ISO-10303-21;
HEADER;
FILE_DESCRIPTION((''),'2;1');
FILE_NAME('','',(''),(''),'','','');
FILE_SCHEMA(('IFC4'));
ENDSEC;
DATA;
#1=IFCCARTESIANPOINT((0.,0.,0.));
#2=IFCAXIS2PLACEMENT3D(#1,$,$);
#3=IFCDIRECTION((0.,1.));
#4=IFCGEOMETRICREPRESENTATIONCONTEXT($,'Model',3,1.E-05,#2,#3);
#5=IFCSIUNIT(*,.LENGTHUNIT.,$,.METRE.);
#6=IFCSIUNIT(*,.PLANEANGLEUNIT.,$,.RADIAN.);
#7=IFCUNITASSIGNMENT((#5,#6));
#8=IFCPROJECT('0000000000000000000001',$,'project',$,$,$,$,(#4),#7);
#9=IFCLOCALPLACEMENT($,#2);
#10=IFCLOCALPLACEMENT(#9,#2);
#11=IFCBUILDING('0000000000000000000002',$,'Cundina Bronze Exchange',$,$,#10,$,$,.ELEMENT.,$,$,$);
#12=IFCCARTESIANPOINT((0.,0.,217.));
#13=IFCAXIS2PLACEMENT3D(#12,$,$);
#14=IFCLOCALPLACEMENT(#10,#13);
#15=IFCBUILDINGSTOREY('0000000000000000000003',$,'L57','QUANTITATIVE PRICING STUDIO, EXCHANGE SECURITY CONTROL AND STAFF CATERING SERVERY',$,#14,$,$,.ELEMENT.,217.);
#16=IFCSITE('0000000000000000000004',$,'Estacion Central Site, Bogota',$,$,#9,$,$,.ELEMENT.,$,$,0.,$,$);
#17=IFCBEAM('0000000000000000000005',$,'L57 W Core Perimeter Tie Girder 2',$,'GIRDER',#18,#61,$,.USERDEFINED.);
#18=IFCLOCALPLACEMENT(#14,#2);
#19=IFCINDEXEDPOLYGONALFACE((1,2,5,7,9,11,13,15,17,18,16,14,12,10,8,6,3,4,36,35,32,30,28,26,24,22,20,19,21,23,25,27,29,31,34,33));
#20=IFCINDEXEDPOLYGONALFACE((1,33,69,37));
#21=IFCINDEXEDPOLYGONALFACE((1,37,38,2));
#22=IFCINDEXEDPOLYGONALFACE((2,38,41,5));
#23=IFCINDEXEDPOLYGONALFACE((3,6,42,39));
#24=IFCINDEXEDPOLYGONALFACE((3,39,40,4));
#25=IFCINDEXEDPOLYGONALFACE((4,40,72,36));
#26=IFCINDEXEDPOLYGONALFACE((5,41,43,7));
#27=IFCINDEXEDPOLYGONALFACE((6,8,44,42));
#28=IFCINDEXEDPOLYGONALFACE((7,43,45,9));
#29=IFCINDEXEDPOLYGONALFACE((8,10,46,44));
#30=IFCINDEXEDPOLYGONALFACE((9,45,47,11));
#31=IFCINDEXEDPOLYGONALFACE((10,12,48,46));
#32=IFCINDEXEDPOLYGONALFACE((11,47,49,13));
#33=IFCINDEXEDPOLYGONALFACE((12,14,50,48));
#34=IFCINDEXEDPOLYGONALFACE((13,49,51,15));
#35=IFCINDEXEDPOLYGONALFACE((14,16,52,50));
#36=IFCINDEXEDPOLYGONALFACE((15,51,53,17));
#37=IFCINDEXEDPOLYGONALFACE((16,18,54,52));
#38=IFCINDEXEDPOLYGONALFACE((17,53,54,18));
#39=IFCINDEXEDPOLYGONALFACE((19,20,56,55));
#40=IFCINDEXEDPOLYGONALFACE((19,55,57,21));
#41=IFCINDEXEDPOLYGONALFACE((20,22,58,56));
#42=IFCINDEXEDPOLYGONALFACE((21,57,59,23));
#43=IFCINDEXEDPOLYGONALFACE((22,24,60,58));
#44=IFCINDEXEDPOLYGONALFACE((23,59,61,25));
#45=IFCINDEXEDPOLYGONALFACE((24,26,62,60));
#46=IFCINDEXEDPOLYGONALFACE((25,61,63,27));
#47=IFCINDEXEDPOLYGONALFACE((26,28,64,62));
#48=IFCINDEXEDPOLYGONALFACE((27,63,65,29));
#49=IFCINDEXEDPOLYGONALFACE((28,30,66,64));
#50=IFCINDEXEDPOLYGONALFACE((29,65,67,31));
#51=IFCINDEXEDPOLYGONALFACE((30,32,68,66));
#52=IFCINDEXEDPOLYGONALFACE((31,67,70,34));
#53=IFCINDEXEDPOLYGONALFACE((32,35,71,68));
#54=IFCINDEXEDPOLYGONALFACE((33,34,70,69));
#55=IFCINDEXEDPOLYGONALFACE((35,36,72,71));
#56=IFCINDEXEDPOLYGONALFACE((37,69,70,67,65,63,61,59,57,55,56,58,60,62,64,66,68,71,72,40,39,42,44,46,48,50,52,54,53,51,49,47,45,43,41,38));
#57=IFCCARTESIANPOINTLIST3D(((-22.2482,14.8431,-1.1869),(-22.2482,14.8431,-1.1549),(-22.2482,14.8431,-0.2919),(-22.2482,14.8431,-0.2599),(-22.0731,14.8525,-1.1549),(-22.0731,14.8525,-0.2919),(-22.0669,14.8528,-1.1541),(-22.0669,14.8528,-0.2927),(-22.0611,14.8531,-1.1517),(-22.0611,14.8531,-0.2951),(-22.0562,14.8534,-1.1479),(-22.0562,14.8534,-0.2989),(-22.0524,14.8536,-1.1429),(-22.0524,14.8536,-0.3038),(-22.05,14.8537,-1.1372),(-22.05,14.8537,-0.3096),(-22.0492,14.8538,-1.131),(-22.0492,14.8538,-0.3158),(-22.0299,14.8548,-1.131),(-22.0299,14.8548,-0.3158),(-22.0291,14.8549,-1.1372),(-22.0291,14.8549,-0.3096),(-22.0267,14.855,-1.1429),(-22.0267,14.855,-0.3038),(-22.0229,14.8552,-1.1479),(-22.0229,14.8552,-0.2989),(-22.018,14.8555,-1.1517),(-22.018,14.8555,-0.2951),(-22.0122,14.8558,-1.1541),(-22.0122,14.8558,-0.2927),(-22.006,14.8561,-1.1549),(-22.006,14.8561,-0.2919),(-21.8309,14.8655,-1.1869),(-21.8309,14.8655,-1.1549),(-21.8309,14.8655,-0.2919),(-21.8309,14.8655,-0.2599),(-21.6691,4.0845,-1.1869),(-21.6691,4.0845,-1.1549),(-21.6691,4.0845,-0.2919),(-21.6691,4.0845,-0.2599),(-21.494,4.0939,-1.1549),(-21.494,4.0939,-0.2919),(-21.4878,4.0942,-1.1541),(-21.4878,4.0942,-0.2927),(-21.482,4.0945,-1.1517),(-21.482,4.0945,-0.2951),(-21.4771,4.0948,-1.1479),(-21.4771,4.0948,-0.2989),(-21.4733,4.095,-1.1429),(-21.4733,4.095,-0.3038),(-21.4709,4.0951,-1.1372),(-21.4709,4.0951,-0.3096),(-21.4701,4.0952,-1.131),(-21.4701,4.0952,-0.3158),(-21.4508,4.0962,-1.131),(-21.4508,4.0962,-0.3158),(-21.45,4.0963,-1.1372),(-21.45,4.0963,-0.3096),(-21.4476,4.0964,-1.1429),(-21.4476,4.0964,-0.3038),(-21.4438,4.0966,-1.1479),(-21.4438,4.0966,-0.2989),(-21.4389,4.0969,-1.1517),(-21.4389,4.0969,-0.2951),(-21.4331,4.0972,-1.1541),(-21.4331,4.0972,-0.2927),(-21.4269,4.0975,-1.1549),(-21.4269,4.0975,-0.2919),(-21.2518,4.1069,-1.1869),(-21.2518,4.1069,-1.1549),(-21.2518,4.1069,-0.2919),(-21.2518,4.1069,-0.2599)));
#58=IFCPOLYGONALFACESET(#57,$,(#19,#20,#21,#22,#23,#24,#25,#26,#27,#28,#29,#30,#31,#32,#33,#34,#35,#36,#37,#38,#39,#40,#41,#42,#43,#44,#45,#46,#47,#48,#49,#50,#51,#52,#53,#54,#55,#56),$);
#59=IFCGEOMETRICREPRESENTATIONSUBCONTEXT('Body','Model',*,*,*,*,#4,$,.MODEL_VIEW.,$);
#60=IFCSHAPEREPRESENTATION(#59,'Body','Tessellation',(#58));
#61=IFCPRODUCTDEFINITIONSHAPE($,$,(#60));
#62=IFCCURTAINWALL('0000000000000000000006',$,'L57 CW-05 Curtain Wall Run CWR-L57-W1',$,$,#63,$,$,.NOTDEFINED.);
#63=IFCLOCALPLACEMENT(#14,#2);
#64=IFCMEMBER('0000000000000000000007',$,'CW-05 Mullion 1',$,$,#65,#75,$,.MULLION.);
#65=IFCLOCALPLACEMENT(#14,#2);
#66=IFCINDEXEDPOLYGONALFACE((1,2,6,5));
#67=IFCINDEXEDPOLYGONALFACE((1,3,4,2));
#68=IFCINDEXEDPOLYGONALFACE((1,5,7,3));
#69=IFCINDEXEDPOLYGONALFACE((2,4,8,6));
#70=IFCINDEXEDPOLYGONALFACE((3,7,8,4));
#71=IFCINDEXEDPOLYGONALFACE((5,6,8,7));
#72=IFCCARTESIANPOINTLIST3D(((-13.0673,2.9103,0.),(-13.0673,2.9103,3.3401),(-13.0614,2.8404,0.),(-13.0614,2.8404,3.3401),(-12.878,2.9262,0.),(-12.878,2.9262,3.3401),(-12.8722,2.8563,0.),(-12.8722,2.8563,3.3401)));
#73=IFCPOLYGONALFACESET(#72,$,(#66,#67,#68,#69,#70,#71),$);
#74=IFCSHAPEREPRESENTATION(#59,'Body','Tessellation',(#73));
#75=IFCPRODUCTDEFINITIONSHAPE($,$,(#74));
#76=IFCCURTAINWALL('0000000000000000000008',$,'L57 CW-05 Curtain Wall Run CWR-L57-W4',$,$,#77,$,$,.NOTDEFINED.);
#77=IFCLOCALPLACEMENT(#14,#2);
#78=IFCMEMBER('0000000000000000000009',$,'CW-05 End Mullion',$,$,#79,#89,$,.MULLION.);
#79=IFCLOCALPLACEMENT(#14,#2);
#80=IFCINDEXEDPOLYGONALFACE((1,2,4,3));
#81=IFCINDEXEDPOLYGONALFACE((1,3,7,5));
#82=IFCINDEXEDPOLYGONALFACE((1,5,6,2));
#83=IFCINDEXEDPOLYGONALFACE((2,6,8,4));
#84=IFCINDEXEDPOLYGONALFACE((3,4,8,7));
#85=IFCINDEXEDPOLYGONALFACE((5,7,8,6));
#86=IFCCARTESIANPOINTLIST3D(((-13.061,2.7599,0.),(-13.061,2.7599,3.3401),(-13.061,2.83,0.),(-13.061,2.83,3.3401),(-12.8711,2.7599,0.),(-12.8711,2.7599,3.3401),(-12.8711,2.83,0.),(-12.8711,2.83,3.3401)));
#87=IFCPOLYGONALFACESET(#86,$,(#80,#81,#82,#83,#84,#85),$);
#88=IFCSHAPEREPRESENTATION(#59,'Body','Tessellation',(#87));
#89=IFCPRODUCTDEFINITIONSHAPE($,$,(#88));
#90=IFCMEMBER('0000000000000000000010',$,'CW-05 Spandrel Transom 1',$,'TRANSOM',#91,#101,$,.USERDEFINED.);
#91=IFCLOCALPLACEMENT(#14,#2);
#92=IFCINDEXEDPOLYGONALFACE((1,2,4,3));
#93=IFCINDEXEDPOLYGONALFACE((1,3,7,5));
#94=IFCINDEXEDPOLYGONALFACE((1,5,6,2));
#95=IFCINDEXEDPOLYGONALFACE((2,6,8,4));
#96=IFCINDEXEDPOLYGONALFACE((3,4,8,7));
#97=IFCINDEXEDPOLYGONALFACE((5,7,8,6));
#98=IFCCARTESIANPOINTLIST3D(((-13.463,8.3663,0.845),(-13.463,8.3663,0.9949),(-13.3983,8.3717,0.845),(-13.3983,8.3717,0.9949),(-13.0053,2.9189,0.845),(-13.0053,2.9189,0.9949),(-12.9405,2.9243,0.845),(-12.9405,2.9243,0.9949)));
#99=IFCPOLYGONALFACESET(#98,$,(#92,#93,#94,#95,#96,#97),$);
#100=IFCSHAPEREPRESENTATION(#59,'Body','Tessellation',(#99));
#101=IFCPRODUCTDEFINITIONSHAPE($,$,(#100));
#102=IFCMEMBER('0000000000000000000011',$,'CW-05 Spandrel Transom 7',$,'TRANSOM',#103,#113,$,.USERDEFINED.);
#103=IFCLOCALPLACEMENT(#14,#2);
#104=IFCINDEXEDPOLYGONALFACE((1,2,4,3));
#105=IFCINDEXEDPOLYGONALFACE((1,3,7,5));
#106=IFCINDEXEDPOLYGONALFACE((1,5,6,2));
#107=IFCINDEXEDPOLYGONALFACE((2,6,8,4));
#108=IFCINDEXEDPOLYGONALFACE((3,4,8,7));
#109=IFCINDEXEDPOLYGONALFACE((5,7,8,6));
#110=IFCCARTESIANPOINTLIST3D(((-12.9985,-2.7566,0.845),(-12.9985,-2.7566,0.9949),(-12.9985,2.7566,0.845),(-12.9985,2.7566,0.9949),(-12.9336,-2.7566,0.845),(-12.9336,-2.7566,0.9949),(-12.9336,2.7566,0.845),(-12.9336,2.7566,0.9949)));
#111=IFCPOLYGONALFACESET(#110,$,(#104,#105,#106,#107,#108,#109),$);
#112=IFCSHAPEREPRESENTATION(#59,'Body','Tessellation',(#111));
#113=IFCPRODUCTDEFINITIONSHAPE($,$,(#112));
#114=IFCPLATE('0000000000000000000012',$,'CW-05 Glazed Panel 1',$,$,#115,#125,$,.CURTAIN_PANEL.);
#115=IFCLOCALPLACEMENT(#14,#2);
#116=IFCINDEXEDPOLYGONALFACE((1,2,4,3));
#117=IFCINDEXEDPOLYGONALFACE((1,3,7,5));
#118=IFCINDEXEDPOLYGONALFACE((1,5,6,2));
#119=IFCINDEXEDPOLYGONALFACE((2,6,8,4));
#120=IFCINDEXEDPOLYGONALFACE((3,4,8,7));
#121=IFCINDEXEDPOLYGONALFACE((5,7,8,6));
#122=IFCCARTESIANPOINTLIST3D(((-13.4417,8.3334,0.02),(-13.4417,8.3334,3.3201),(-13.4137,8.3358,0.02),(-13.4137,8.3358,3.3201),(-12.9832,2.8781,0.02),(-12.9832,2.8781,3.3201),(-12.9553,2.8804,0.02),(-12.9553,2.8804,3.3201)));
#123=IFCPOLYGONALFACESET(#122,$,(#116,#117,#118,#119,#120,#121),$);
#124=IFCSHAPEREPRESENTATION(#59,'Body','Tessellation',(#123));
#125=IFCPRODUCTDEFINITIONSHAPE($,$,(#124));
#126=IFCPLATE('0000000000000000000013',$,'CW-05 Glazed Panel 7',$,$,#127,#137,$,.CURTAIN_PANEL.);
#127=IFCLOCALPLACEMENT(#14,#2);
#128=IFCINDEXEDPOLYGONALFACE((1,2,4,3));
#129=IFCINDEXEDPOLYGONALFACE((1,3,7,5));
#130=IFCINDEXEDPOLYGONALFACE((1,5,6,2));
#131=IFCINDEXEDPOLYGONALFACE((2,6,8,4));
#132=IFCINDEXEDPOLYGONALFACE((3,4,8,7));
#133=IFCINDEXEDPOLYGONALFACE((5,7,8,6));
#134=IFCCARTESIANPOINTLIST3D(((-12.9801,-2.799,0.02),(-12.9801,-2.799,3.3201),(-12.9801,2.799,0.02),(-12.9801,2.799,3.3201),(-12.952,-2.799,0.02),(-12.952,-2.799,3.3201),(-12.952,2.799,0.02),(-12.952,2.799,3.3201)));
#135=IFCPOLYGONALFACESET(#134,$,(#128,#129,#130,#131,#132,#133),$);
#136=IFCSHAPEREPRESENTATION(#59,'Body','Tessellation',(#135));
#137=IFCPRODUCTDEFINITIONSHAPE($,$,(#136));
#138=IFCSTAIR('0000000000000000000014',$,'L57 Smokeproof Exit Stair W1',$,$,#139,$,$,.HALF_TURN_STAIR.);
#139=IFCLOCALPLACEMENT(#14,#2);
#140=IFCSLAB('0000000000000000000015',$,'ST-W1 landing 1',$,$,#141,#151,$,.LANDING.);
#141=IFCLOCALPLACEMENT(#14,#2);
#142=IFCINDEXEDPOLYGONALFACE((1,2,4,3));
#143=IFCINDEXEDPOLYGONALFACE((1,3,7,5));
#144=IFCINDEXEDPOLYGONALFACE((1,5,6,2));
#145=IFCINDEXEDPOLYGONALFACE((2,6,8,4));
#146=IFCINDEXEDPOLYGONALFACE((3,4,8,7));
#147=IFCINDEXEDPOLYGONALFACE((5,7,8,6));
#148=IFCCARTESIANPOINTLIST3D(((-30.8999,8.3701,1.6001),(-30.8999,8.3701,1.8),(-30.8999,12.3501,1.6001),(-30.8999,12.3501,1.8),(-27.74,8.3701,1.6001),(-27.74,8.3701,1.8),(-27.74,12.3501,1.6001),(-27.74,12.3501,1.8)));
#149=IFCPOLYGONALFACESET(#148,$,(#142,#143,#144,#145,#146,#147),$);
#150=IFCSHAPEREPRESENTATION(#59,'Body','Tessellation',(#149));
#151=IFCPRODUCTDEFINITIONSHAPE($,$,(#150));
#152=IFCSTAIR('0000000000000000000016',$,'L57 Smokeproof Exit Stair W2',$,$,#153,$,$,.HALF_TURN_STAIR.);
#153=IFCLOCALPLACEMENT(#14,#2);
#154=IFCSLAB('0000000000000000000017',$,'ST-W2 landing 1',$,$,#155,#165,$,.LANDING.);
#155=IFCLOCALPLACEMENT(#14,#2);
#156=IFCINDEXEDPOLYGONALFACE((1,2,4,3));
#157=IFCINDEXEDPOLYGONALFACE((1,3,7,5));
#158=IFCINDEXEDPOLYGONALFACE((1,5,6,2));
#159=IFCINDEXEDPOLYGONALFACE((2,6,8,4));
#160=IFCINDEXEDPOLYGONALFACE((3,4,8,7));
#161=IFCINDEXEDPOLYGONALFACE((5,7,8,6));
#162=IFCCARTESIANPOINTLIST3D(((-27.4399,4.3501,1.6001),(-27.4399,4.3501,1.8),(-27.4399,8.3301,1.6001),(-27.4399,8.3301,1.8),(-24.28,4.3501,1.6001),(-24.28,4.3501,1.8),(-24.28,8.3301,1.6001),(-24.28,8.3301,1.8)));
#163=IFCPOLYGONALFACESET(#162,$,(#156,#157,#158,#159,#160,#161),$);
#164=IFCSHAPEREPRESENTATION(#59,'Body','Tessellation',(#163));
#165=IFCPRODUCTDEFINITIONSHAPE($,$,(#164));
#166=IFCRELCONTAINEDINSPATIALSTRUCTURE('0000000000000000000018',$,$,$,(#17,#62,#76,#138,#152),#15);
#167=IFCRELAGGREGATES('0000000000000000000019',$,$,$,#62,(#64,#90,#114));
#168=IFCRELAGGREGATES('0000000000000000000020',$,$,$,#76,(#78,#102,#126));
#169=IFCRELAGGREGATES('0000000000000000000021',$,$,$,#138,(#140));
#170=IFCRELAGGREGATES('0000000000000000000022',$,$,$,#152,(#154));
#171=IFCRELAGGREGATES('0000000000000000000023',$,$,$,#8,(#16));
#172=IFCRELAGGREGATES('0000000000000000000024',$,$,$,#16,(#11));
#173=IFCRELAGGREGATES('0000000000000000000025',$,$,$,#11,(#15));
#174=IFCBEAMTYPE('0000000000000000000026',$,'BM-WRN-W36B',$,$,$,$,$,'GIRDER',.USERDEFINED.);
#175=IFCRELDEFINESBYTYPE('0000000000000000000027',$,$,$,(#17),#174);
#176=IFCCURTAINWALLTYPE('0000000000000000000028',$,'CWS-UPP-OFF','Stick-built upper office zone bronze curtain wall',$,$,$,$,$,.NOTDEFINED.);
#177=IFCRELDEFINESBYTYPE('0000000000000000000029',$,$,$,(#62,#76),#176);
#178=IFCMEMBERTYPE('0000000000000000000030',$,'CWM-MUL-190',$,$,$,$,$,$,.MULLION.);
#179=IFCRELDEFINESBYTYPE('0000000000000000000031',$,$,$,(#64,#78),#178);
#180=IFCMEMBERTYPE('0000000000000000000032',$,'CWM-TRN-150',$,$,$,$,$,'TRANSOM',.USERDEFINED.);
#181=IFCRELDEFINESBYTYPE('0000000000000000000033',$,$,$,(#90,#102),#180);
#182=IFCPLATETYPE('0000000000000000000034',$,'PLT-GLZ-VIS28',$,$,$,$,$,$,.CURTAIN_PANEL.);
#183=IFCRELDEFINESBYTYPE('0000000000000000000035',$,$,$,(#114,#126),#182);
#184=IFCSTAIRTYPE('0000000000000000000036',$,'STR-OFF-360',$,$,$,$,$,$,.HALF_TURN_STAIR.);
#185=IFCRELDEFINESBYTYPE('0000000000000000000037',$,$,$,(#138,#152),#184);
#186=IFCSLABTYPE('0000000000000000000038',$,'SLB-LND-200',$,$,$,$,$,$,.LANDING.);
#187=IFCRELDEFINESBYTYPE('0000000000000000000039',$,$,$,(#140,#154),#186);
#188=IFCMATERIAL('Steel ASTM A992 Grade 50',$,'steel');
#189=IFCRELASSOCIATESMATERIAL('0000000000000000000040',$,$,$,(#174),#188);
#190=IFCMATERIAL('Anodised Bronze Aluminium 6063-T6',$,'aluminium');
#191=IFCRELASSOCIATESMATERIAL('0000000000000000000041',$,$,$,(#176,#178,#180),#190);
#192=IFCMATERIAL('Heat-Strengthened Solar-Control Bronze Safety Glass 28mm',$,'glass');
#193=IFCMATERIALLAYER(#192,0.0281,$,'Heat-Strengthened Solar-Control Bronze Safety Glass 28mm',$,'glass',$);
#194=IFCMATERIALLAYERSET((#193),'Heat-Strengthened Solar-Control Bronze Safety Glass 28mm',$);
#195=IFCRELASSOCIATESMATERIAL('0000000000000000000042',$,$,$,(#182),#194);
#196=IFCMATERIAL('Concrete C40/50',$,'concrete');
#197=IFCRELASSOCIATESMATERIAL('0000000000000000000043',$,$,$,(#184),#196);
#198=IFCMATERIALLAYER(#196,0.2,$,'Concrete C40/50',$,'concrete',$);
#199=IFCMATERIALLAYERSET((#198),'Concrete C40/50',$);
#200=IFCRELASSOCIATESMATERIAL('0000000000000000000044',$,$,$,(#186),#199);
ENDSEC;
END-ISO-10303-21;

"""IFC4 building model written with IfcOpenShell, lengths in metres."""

from ifc_helpers import new_model, si_unit, direction, frame, origin, origin_2d, place, context, subcontext, project, spatial, polyline, rectangle, i_section, outline, extrude, material, layer, layer_set, material_profile, profile_set, type_object, element, aggregate, save


model = new_model("IFC4")

# Units and contexts
model_context = context("Model", 3, precision=1e-05, world=origin(), true_north=direction((0.0, 1.0)))
body_context = subcontext(model_context, "Body", "Model", "MODEL_VIEW")
ifc_project = project(units=[si_unit("LENGTHUNIT", "METRE"), si_unit("PLANEANGLEUNIT", "RADIAN")], contexts=[model_context])

# Site, building, storey
site_placement = place(None, origin())
site = spatial("IfcSite", under=ifc_project, at=site_placement, Name="Estacion Central Site, Bogota", CompositionType="ELEMENT", RefElevation=0.0)
building_placement = place(site_placement, origin())
building = spatial("IfcBuilding", under=site, at=building_placement, Name="Cundina Bronze Exchange", CompositionType="ELEMENT")
storey_placement = place(building_placement, frame((0.0, 0.0, 217.0)))
storey = spatial("IfcBuildingStorey", under=building, at=storey_placement, Name="L57", Description="QUANTITATIVE PRICING STUDIO, EXCHANGE SECURITY CONTROL AND STAFF CATERING SERVERY", CompositionType="ELEMENT", Elevation=217.0)

# Shared definitions
ifc_material_1 = material(Name="Steel ASTM A992 Grade 50", Category="steel")

# Beam
ifc_material_profile_1 = material_profile(ifc_material_1, i_section(OverallWidth=0.418, OverallDepth=0.927, WebThickness=0.0193, FlangeThickness=0.032, FilletRadius=0.0239, at=origin_2d()), Name="W36X231", Category="steel")
ifc_profile_set_1 = profile_set([ifc_material_profile_1], Name="Steel ASTM A992 Grade 50")
beam_type_1 = type_object("IfcBeamType", Name="BM-WRN-W36B", ElementType="GIRDER", PredefinedType="USERDEFINED", material=ifc_profile_set_1)
beam_1_placement = place(storey_placement, frame((-21.4604, 4.0957, -0.7234), z_axis=(-0.053749, 0.998554, 0.0), x_axis=(-0.998554, -0.053749, 0.0)))
element("IfcBeam", 1, at=beam_1_placement, inside=storey, type_object=beam_type_1, Name="L57 W Core Perimeter Tie Girder 2", ObjectType="GIRDER", PredefinedType="USERDEFINED", context=body_context, shape_type="SweptSolid", body=[
    extrude(i_section(OverallWidth=0.418, OverallDepth=0.927, WebThickness=0.0193, FlangeThickness=0.032, FilletRadius=0.0239, at=origin_2d()), origin(), (0.0, 0.0, 1.0), 10.7742),
])

# Curtain walls, members
ifc_material_2 = material(Name="Anodised Bronze Aluminium 6063-T6", Category="aluminium")
curtain_wall_type = type_object("IfcCurtainWallType", Name="CWS-UPP-OFF", Description="Stick-built upper office zone bronze curtain wall", PredefinedType="NOTDEFINED", material=ifc_material_2)
curtain_wall_1_placement = place(storey_placement, origin())
curtain_wall_1 = element("IfcCurtainWall", 2, at=curtain_wall_1_placement, inside=storey, type_object=curtain_wall_type, Name="L57 CW-05 Curtain Wall Run CWR-L57-W1", PredefinedType="NOTDEFINED")
ifc_material_profile_2 = material_profile(ifc_material_2, rectangle(XDim=0.0701, YDim=0.1899, at=origin_2d()), Name="AL70X190", Category="aluminium")
ifc_profile_set_2 = profile_set([ifc_material_profile_2], Name="Anodised Bronze Aluminium 6063-T6")
member_type_1 = type_object("IfcMemberType", Name="CWM-MUL-190", PredefinedType="MULLION", material=ifc_profile_set_2)
member_1_placement = place(storey_placement, frame((-12.9697, 2.8833, 0.0), z_axis=(0.0, 0.0, 1.0), x_axis=(-0.083678, 0.996493, 0.0)))
member_1 = element("IfcMember", 3, at=member_1_placement, type_object=member_type_1, Name="CW-05 Mullion 1", PredefinedType="MULLION", context=body_context, shape_type="SweptSolid", body=[
    extrude(rectangle(XDim=0.0701, YDim=0.1899, at=origin_2d()), origin(), (0.0, 0.0, 1.0), 3.3401),
])
curtain_wall_2_placement = place(storey_placement, origin())
curtain_wall_2 = element("IfcCurtainWall", 4, at=curtain_wall_2_placement, inside=storey, type_object=curtain_wall_type, Name="L57 CW-05 Curtain Wall Run CWR-L57-W4", PredefinedType="NOTDEFINED")
member_2_placement = place(storey_placement, frame((-12.9661, 2.7949, 0.0), z_axis=(0.0, 0.0, 1.0), x_axis=(0.0, 1.0, 0.0)))
member_2 = element("IfcMember", 5, at=member_2_placement, type_object=member_type_1, Name="CW-05 End Mullion", PredefinedType="MULLION", context=body_context, shape_type="SweptSolid", body=[
    extrude(rectangle(XDim=0.0701, YDim=0.1899, at=origin_2d()), origin(), (0.0, 0.0, 1.0), 3.3401),
])

# Members
ifc_material_profile_3 = material_profile(ifc_material_2, rectangle(XDim=0.0649, YDim=0.1499, at=origin_2d()), Name="AL65X150", Category="aluminium")
ifc_profile_set_3 = profile_set([ifc_material_profile_3], Name="Anodised Bronze Aluminium 6063-T6")
member_type_2 = type_object("IfcMemberType", Name="CWM-TRN-150", ElementType="TRANSOM", PredefinedType="USERDEFINED", material=ifc_profile_set_3)
member_3_placement = place(storey_placement, frame((-12.9729, 2.9216, 0.9199), z_axis=(-0.08374, 0.996488, 0.0), x_axis=(-0.996488, -0.08374, 0.0)))
member_3 = element("IfcMember", 6, at=member_3_placement, type_object=member_type_2, Name="CW-05 Spandrel Transom 1", ObjectType="TRANSOM", PredefinedType="USERDEFINED", context=body_context, shape_type="SweptSolid", body=[
    extrude(rectangle(XDim=0.0649, YDim=0.1499, at=origin_2d()), origin(), (0.0, 0.0, 1.0), 5.4666),
])
member_4_placement = place(storey_placement, frame((-12.9661, -2.7566, 0.9199), z_axis=(0.0, 1.0, 0.0), x_axis=(-1.0, 0.0, 0.0)))
member_4 = element("IfcMember", 7, at=member_4_placement, type_object=member_type_2, Name="CW-05 Spandrel Transom 7", ObjectType="TRANSOM", PredefinedType="USERDEFINED", context=body_context, shape_type="SweptSolid", body=[
    extrude(rectangle(XDim=0.0649, YDim=0.1499, at=origin_2d()), origin(), (0.0, 0.0, 1.0), 5.5132),
])

# Plates
ifc_material_3 = material(Name="Heat-Strengthened Solar-Control Bronze Safety Glass 28mm", Category="glass")
ifc_layer_1 = layer(ifc_material_3, 0.0281, Name="Heat-Strengthened Solar-Control Bronze Safety Glass 28mm", Category="glass")
ifc_layer_set_1 = layer_set([ifc_layer_1], Name="Heat-Strengthened Solar-Control Bronze Safety Glass 28mm")
plate_type = type_object("IfcPlateType", Name="PLT-GLZ-VIS28", PredefinedType="CURTAIN_PANEL", material=ifc_layer_set_1)
plate_1_placement = place(storey_placement, frame((-13.1985, 5.6069, 0.02), z_axis=(0.0, 0.0, 1.0), x_axis=(-0.083747, 0.996487, 0.0)))
plate_1 = element("IfcPlate", 8, at=plate_1_placement, type_object=plate_type, Name="CW-05 Glazed Panel 1", PredefinedType="CURTAIN_PANEL", context=body_context, shape_type="SweptSolid", body=[
    extrude(rectangle(XDim=5.4746, YDim=0.0281, at=origin_2d()), origin(), (0.0, 0.0, 1.0), 3.3),
])
aggregate(curtain_wall_1, [member_1, member_3, plate_1])
plate_2_placement = place(storey_placement, frame((-12.9661, 0.0, 0.02), z_axis=(0.0, 0.0, 1.0), x_axis=(0.0, 1.0, 0.0)))
plate_2 = element("IfcPlate", 9, at=plate_2_placement, type_object=plate_type, Name="CW-05 Glazed Panel 7", PredefinedType="CURTAIN_PANEL", context=body_context, shape_type="SweptSolid", body=[
    extrude(rectangle(XDim=5.5979, YDim=0.0281, at=origin_2d()), origin(), (0.0, 0.0, 1.0), 3.3),
])
aggregate(curtain_wall_2, [member_2, member_4, plate_2])

# Stairs, slabs
ifc_material_4 = material(Name="Concrete C40/50", Category="concrete")
stair_type = type_object("IfcStairType", Name="STR-OFF-360", PredefinedType="HALF_TURN_STAIR", material=ifc_material_4)
stair_1_placement = place(storey_placement, origin())
stair_1 = element("IfcStair", 10, at=stair_1_placement, inside=storey, type_object=stair_type, Name="L57 Smokeproof Exit Stair W1", PredefinedType="HALF_TURN_STAIR")
ifc_layer_2 = layer(ifc_material_4, 0.2, Name="Concrete C40/50", Category="concrete")
ifc_layer_set_2 = layer_set([ifc_layer_2], Name="Concrete C40/50")
slab_type_1 = type_object("IfcSlabType", Name="SLB-LND-200", PredefinedType="LANDING", material=ifc_layer_set_2)
slab_1_placement = place(storey_placement, frame((0.0, 0.0, 1.6001)))
slab_1 = element("IfcSlab", 11, at=slab_1_placement, type_object=slab_type_1, Name="ST-W1 landing 1", PredefinedType="LANDING", context=body_context, shape_type="SweptSolid", body=[
    extrude(outline(polyline([(-27.74, 8.3701), (-27.74, 12.3501), (-30.8999, 12.3501), (-30.8999, 8.3701), (-27.74, 8.3701)])), origin(), (0.0, 0.0, 1.0), 0.2),
])
aggregate(stair_1, [slab_1])
stair_2_placement = place(storey_placement, origin())
stair_2 = element("IfcStair", 12, at=stair_2_placement, inside=storey, type_object=stair_type, Name="L57 Smokeproof Exit Stair W2", PredefinedType="HALF_TURN_STAIR")
slab_2_placement = place(storey_placement, frame((0.0, 0.0, 1.6001)))
slab_2 = element("IfcSlab", 13, at=slab_2_placement, type_object=slab_type_1, Name="ST-W2 landing 1", PredefinedType="LANDING", context=body_context, shape_type="SweptSolid", body=[
    extrude(outline(polyline([(-27.4399, 8.3301), (-27.4399, 4.3501), (-24.28, 4.3501), (-24.28, 8.3301), (-27.4399, 8.3301)])), origin(), (0.0, 0.0, 1.0), 0.2),
])
aggregate(stair_2, [slab_2])

save(model, "model.ifc")
